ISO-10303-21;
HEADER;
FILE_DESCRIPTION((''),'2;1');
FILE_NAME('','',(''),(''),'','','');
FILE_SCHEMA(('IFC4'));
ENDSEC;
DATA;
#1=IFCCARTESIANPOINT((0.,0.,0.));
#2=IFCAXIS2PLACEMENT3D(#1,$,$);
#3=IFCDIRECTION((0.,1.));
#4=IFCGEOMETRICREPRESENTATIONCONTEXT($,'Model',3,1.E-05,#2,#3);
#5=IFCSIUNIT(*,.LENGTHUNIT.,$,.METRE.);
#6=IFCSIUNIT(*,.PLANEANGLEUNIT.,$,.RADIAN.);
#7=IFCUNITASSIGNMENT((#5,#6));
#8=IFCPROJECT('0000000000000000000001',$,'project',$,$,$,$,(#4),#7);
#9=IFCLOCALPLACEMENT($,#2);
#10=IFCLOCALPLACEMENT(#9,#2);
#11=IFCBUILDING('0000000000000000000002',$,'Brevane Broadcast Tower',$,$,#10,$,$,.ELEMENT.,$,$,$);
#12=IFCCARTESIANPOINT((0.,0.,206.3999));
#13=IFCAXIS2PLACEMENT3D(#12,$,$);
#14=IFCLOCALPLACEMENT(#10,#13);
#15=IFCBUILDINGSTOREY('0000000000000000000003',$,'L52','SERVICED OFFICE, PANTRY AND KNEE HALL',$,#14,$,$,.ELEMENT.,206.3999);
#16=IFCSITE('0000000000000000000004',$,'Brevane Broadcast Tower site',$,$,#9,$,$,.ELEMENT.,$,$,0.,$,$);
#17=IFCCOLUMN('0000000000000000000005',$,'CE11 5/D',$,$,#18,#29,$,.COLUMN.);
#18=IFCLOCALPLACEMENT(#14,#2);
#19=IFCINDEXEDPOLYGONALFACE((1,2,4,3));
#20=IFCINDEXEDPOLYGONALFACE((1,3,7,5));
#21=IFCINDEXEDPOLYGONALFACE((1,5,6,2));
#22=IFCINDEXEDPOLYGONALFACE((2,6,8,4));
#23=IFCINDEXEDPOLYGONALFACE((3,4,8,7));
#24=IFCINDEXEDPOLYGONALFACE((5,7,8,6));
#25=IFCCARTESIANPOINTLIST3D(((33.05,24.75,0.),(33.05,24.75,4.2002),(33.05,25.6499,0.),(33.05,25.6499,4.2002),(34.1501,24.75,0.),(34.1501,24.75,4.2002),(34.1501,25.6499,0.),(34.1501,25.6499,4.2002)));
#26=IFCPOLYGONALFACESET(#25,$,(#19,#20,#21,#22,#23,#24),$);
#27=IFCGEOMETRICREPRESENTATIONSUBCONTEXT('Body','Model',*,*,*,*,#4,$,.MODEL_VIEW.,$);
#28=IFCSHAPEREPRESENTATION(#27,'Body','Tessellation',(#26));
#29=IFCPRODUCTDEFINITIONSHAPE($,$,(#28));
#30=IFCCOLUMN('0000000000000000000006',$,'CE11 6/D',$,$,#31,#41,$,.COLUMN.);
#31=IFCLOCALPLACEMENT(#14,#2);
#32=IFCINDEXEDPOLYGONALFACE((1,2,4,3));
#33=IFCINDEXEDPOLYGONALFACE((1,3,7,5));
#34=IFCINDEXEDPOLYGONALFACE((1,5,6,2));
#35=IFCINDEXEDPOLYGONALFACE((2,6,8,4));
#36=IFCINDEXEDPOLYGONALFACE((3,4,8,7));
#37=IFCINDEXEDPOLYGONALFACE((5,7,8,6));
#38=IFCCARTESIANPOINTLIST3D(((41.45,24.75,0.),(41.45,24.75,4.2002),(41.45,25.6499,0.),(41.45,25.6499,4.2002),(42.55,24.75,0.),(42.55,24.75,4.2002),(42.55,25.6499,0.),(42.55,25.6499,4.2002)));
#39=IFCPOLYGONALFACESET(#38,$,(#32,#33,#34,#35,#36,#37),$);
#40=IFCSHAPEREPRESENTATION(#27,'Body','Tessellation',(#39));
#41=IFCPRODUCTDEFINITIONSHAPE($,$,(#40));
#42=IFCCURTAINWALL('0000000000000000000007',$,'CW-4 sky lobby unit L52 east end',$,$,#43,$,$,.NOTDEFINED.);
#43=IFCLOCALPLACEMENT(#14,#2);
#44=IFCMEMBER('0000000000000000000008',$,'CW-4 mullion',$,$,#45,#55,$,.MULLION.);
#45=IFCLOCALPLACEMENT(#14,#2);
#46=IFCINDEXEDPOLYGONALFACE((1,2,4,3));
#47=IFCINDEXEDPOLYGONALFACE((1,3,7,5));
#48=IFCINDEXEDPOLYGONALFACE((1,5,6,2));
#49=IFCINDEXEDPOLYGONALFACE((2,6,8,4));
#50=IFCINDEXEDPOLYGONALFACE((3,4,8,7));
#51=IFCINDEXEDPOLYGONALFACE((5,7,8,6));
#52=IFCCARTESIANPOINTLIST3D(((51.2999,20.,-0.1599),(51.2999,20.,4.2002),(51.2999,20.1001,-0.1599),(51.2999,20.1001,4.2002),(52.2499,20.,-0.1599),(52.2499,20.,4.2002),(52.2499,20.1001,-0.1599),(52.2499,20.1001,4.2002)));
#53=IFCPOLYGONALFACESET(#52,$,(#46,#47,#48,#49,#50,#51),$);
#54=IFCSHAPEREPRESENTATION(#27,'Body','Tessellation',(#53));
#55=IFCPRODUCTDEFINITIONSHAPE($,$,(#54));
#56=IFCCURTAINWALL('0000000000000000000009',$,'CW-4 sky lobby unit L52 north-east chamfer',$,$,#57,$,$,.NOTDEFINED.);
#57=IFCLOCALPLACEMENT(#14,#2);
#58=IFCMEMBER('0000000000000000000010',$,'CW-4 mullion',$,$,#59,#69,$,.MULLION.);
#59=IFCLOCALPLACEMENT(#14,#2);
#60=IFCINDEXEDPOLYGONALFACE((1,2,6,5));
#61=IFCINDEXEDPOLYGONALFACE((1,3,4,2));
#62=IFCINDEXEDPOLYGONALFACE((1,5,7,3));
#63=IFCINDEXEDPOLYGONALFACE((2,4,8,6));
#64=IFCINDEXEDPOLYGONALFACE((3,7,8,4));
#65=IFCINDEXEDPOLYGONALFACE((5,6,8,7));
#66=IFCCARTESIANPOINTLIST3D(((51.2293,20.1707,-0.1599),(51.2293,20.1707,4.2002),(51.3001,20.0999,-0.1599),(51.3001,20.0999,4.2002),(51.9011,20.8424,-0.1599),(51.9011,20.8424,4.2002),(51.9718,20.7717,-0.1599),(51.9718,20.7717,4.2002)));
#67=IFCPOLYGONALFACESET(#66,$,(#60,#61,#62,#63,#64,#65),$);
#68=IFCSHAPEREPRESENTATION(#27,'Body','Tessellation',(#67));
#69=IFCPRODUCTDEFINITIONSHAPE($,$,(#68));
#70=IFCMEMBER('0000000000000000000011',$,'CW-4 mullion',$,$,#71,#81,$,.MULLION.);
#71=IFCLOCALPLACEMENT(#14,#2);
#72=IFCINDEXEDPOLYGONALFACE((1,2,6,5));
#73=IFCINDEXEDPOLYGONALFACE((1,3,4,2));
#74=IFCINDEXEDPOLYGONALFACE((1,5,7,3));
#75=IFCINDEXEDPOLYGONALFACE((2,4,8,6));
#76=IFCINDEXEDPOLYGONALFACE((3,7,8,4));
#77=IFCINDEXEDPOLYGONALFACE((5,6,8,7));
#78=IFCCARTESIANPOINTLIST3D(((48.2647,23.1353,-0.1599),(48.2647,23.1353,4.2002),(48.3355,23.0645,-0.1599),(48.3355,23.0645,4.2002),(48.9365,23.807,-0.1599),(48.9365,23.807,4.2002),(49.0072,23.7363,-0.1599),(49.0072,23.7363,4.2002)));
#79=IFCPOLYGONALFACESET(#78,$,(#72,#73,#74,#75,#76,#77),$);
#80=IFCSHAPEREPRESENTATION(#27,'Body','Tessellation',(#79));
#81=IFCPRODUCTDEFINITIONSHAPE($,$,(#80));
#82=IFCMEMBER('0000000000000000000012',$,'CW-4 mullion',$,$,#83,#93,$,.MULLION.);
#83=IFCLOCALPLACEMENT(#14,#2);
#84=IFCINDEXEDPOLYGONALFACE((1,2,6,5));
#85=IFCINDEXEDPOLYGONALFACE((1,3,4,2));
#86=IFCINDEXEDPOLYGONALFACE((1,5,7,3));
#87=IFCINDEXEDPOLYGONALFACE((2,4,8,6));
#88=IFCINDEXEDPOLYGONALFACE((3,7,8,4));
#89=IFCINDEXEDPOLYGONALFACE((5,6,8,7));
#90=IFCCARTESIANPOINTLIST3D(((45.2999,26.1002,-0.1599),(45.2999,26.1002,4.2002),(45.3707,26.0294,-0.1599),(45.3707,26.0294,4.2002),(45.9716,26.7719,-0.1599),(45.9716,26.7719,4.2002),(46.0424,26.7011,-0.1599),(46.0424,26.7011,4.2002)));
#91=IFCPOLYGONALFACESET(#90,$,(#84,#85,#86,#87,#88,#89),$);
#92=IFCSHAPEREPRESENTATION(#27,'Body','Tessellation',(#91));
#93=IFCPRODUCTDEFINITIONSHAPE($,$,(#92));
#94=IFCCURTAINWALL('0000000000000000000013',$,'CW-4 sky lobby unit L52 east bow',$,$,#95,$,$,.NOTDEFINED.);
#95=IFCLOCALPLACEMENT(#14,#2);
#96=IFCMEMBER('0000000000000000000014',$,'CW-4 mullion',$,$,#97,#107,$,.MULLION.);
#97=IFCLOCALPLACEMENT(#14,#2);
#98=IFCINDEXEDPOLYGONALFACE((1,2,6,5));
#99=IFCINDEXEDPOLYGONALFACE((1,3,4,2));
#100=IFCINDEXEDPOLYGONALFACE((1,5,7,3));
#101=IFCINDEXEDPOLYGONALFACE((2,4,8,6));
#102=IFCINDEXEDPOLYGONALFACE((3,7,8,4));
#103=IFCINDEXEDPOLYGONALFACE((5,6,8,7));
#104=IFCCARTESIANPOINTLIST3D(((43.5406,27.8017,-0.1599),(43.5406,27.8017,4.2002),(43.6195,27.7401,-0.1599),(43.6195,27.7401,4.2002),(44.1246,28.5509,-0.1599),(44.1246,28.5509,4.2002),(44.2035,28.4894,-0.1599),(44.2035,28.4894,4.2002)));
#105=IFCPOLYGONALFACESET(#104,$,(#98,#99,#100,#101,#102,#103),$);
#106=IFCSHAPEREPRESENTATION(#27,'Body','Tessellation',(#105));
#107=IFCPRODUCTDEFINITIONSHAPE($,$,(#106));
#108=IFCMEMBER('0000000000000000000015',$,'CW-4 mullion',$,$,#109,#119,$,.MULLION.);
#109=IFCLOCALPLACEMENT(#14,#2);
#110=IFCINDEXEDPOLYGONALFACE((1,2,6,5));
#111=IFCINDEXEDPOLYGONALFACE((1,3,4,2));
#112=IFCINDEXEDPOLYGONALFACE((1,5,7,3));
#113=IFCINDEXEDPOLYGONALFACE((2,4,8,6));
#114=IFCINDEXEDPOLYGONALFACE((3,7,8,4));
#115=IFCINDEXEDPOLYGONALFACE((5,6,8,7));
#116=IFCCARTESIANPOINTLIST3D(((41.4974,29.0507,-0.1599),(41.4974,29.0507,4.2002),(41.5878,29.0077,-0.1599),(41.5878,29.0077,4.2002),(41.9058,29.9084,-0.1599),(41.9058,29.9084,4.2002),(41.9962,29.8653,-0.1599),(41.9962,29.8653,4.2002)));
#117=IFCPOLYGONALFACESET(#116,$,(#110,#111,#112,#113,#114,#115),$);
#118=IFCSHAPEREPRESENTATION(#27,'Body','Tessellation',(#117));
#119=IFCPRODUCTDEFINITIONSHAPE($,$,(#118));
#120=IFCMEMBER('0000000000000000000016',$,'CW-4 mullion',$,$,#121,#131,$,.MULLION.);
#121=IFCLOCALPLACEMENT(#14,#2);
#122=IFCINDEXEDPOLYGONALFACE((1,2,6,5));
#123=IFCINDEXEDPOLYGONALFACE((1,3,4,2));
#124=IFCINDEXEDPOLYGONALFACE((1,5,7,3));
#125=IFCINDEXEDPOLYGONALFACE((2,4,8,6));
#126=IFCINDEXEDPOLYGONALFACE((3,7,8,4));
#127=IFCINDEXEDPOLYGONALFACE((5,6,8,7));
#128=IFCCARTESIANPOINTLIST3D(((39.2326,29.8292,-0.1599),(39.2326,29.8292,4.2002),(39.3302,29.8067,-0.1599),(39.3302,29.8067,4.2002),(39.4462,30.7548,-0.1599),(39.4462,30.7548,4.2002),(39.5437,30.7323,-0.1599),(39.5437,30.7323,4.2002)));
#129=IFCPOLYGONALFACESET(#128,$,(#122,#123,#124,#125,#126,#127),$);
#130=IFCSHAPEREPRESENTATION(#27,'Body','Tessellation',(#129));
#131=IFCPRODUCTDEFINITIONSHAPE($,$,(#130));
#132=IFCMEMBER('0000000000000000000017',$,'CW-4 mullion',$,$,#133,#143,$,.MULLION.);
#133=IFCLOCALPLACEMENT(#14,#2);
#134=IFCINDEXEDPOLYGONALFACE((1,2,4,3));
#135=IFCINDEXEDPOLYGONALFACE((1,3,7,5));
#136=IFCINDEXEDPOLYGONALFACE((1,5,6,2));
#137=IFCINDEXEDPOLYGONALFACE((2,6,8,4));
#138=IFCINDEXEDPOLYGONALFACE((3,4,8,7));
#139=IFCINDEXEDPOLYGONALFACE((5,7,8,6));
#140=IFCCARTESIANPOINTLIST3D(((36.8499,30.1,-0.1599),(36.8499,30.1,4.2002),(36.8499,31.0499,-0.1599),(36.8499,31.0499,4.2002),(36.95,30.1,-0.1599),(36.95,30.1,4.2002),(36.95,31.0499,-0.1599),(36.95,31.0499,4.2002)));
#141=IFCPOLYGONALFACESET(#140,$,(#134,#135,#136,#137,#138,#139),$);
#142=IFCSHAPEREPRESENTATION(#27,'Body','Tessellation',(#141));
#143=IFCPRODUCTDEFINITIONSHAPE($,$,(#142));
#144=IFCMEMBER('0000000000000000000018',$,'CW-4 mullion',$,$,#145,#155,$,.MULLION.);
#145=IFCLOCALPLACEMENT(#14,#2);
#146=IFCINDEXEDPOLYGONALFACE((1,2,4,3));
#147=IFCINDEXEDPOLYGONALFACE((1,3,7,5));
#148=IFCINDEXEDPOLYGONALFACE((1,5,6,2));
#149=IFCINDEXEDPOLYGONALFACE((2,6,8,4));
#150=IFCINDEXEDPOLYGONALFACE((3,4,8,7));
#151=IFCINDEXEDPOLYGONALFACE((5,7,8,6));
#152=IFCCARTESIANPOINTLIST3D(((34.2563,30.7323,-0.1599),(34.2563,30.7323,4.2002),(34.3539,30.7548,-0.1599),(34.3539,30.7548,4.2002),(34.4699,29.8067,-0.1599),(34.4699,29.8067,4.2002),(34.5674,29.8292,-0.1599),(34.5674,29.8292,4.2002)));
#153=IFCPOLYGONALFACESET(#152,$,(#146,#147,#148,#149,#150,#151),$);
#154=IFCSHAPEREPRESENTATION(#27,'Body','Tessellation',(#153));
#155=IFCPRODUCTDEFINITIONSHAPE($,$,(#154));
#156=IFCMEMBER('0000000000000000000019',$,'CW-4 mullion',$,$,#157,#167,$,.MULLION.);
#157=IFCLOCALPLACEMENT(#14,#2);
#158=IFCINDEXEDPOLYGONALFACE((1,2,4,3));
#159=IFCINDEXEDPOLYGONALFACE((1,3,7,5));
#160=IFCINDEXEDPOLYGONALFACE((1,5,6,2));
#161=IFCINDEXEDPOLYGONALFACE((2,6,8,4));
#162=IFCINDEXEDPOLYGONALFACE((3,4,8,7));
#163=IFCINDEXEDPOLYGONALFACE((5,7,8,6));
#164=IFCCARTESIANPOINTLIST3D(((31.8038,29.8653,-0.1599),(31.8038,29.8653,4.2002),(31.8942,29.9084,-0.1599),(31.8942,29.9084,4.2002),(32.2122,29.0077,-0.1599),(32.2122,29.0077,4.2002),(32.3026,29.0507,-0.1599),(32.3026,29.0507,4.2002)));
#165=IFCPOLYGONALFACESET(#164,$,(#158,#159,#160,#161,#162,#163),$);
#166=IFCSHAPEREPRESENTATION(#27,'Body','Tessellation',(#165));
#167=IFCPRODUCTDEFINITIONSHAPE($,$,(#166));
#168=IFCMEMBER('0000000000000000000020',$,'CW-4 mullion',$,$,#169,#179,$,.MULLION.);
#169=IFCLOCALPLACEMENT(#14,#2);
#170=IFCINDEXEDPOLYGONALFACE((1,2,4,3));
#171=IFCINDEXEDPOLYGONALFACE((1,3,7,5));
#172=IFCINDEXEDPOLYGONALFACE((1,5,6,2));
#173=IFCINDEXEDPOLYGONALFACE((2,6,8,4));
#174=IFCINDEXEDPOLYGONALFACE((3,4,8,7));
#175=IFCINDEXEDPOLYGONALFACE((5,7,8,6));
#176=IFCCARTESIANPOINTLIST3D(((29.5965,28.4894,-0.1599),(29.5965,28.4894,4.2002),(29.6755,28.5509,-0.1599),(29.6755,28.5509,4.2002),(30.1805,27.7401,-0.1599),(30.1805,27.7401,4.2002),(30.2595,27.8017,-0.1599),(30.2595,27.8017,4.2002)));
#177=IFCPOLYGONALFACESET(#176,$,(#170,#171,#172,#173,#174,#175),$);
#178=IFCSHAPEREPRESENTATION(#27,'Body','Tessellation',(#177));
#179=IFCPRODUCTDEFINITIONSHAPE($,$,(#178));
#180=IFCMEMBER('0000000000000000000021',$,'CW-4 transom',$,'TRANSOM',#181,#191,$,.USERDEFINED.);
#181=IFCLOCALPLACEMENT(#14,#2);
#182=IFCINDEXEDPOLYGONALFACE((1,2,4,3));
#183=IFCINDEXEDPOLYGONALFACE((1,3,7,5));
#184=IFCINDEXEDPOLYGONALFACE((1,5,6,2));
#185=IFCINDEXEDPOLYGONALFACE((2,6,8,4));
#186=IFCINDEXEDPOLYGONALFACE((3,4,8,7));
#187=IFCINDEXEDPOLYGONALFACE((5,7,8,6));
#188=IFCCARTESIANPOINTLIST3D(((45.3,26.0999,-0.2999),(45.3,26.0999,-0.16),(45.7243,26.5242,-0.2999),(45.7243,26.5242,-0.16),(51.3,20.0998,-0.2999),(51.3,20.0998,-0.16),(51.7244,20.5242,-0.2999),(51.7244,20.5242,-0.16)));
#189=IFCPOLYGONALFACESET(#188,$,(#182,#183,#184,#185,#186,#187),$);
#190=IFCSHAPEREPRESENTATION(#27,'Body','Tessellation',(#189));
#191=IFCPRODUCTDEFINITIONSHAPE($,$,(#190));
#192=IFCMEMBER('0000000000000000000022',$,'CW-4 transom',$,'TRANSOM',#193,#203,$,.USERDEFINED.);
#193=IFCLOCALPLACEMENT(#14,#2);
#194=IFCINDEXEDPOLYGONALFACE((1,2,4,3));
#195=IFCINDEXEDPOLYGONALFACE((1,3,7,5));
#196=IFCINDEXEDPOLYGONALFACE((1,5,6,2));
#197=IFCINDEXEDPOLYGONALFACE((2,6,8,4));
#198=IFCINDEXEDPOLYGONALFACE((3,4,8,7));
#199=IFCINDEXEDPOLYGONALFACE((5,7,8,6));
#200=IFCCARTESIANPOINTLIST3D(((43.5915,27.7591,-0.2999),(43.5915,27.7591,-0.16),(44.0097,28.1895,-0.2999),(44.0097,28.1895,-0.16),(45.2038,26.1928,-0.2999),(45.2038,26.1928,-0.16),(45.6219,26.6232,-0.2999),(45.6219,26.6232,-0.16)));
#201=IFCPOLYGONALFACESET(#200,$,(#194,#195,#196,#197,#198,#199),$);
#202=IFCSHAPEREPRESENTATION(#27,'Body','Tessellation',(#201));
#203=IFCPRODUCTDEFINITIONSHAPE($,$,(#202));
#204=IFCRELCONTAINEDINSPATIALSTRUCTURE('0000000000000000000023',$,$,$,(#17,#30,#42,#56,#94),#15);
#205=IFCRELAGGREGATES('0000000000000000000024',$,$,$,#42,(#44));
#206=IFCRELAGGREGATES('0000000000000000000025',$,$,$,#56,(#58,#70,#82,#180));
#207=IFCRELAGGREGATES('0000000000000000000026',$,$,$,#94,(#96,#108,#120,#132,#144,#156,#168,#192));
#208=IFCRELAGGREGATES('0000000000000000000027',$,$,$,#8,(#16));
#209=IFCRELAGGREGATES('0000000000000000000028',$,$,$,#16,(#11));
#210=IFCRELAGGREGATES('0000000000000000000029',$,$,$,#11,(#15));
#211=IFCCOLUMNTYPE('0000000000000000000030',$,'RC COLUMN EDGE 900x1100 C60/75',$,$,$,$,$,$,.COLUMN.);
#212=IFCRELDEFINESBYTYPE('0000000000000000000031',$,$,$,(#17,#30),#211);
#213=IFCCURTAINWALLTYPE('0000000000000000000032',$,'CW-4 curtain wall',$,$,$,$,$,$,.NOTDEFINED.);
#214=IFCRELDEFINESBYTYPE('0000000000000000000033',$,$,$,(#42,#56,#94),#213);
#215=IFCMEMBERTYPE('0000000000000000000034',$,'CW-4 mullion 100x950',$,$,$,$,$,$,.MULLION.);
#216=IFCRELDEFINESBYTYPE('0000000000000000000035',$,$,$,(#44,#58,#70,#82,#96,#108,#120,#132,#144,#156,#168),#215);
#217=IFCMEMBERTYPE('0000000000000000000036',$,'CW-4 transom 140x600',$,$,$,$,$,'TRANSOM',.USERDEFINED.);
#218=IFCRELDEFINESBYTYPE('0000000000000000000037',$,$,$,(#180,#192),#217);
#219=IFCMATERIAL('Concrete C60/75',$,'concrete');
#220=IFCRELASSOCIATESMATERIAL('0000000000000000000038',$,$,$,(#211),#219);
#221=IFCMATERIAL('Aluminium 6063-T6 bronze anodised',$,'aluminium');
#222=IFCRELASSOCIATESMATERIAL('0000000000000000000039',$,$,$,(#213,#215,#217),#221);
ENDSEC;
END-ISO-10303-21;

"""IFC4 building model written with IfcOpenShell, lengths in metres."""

from ifc_helpers import new_model, si_unit, direction, frame, origin, origin_2d, place, context, subcontext, project, spatial, rectangle, extrude, material, material_profile, profile_set, type_object, element, aggregate, save


model = new_model("IFC4")

# Units and contexts
model_context = context("Model", 3, precision=1e-05, world=origin(), true_north=direction((0.0, 1.0)))
body_context = subcontext(model_context, "Body", "Model", "MODEL_VIEW")
ifc_project = project(units=[si_unit("LENGTHUNIT", "METRE"), si_unit("PLANEANGLEUNIT", "RADIAN")], contexts=[model_context])

# Site, building, storey
site_placement = place(None, origin())
site = spatial("IfcSite", under=ifc_project, at=site_placement, Name="Brevane Broadcast Tower site", CompositionType="ELEMENT", RefElevation=0.0)
building_placement = place(site_placement, origin())
building = spatial("IfcBuilding", under=site, at=building_placement, Name="Brevane Broadcast Tower", CompositionType="ELEMENT")
storey_placement = place(building_placement, frame((0.0, 0.0, 206.3999)))
storey = spatial("IfcBuildingStorey", under=building, at=storey_placement, Name="L52", Description="SERVICED OFFICE, PANTRY AND KNEE HALL", CompositionType="ELEMENT", Elevation=206.3999)

# Columns
ifc_material_1 = material(Name="Concrete C60/75", Category="concrete")
ifc_material_profile_1 = material_profile(ifc_material_1, rectangle(XDim=0.8999, YDim=1.1001, at=origin_2d()), Name="RC 900x1100")
ifc_profile_set_1 = profile_set([ifc_material_profile_1], Name="Concrete C60/75")
column_type = type_object("IfcColumnType", Name="RC COLUMN EDGE 900x1100 C60/75", PredefinedType="COLUMN", material=ifc_profile_set_1)
for number, where, z_axis, x_axis, name in (
    (1, (33.6001, 25.2, 0.0), (0.0, 0.0, 1.0), (0.0, 1.0, 0.0), "CE11 5/D"),
    (2, (42.0, 25.2, 0.0), (0.0, 0.0, 1.0), (0.0, 1.0, 0.0), "CE11 6/D"),
):
    element("IfcColumn", number, at=place(storey_placement, frame(where, z_axis=z_axis, x_axis=x_axis)), inside=storey, type_object=column_type, Name=name, PredefinedType="COLUMN", context=body_context, shape_type="SweptSolid", body=[
        extrude(rectangle(XDim=0.8999, YDim=1.1001, at=origin_2d()), origin(), (0.0, 0.0, 1.0), 4.2002),
    ])

# Curtain wall, member
ifc_material_2 = material(Name="Aluminium 6063-T6 bronze anodised", Category="aluminium")
curtain_wall_type = type_object("IfcCurtainWallType", Name="CW-4 curtain wall", PredefinedType="NOTDEFINED", material=ifc_material_2)
curtain_wall_1_placement = place(storey_placement, origin())
curtain_wall_1 = element("IfcCurtainWall", 3, at=curtain_wall_1_placement, inside=storey, type_object=curtain_wall_type, Name="CW-4 sky lobby unit L52 east end", PredefinedType="NOTDEFINED")
ifc_material_profile_2 = material_profile(ifc_material_2, rectangle(XDim=0.95, YDim=0.1001, at=origin_2d()), Name="RECT 100x950")
ifc_profile_set_2 = profile_set([ifc_material_profile_2], Name="Aluminium 6063-T6 bronze anodised")
member_type_1 = type_object("IfcMemberType", Name="CW-4 mullion 100x950", PredefinedType="MULLION", material=ifc_profile_set_2)
member_1_placement = place(storey_placement, frame((51.7749, 20.05, -0.1599), z_axis=(0.0, 0.0, 1.0), x_axis=(-1.0, 0.0, 0.0)))
member_1 = element("IfcMember", 4, at=member_1_placement, type_object=member_type_1, Name="CW-4 mullion", PredefinedType="MULLION", context=body_context, shape_type="SweptSolid", body=[
    extrude(rectangle(XDim=0.95, YDim=0.1001, at=origin_2d()), origin(), (0.0, 0.0, 1.0), 4.3601),
])
aggregate(curtain_wall_1, [member_1])

# Curtain walls, members
curtain_wall_2_placement = place(storey_placement, origin())
curtain_wall_2 = element("IfcCurtainWall", 5, at=curtain_wall_2_placement, inside=storey, type_object=curtain_wall_type, Name="CW-4 sky lobby unit L52 north-east chamfer", PredefinedType="NOTDEFINED")
member_2_placement = place(storey_placement, frame((51.6006, 20.4712, -0.1599), z_axis=(0.0, 0.0, 1.0), x_axis=(-0.707107, -0.707107, 0.0)))
member_2 = element("IfcMember", 6, at=member_2_placement, type_object=member_type_1, Name="CW-4 mullion", PredefinedType="MULLION", context=body_context, shape_type="SweptSolid", body=[
    extrude(rectangle(XDim=0.95, YDim=0.1001, at=origin_2d()), origin(), (0.0, 0.0, 1.0), 4.3601),
])
member_3_placement = place(storey_placement, frame((48.636, 23.4358, -0.1599), z_axis=(0.0, 0.0, 1.0), x_axis=(-0.707107, -0.707107, 0.0)))
member_3 = element("IfcMember", 7, at=member_3_placement, type_object=member_type_1, Name="CW-4 mullion", PredefinedType="MULLION", context=body_context, shape_type="SweptSolid", body=[
    extrude(rectangle(XDim=0.95, YDim=0.1001, at=origin_2d()), origin(), (0.0, 0.0, 1.0), 4.3601),
])
member_4_placement = place(storey_placement, frame((45.6711, 26.4006, -0.1599), z_axis=(0.0, 0.0, 1.0), x_axis=(-0.707107, -0.707107, 0.0)))
member_4 = element("IfcMember", 8, at=member_4_placement, type_object=member_type_1, Name="CW-4 mullion", PredefinedType="MULLION", context=body_context, shape_type="SweptSolid", body=[
    extrude(rectangle(XDim=0.95, YDim=0.1001, at=origin_2d()), origin(), (0.0, 0.0, 1.0), 4.3601),
])
curtain_wall_3_placement = place(storey_placement, origin())
curtain_wall_3 = element("IfcCurtainWall", 9, at=curtain_wall_3_placement, inside=storey, type_object=curtain_wall_type, Name="CW-4 sky lobby unit L52 east bow", PredefinedType="NOTDEFINED")
member_5_placement = place(storey_placement, frame((43.8721, 28.1455, -0.1599), z_axis=(0.0, 0.0, 1.0), x_axis=(-0.61477, -0.788707, 0.0)))
member_5 = element("IfcMember", 10, at=member_5_placement, type_object=member_type_1, Name="CW-4 mullion", PredefinedType="MULLION", context=body_context, shape_type="SweptSolid", body=[
    extrude(rectangle(XDim=0.95, YDim=0.1001, at=origin_2d()), origin(), (0.0, 0.0, 1.0), 4.3601),
])
member_6_placement = place(storey_placement, frame((41.7468, 29.458, -0.1599), z_axis=(0.0, 0.0, 1.0), x_axis=(-0.429934, -0.902861, 0.0)))
member_6 = element("IfcMember", 11, at=member_6_placement, type_object=member_type_1, Name="CW-4 mullion", PredefinedType="MULLION", context=body_context, shape_type="SweptSolid", body=[
    extrude(rectangle(XDim=0.95, YDim=0.1001, at=origin_2d()), origin(), (0.0, 0.0, 1.0), 4.3601),
])
member_7_placement = place(storey_placement, frame((39.3882, 30.2808, -0.1599), z_axis=(0.0, 0.0, 1.0), x_axis=(-0.224807, -0.974403, 0.0)))
member_7 = element("IfcMember", 12, at=member_7_placement, type_object=member_type_1, Name="CW-4 mullion", PredefinedType="MULLION", context=body_context, shape_type="SweptSolid", body=[
    extrude(rectangle(XDim=0.95, YDim=0.1001, at=origin_2d()), origin(), (0.0, 0.0, 1.0), 4.3601),
])
member_8_placement = place(storey_placement, frame((36.8999, 30.575, -0.1599), z_axis=(0.0, 0.0, 1.0), x_axis=(0.0, -1.0, 0.0)))
member_8 = element("IfcMember", 13, at=member_8_placement, type_object=member_type_1, Name="CW-4 mullion", PredefinedType="MULLION", context=body_context, shape_type="SweptSolid", body=[
    extrude(rectangle(XDim=0.95, YDim=0.1001, at=origin_2d()), origin(), (0.0, 0.0, 1.0), 4.3601),
])
member_9_placement = place(storey_placement, frame((34.4119, 30.2808, -0.1599), z_axis=(0.0, 0.0, 1.0), x_axis=(0.224807, -0.974403, 0.0)))
member_9 = element("IfcMember", 14, at=member_9_placement, type_object=member_type_1, Name="CW-4 mullion", PredefinedType="MULLION", context=body_context, shape_type="SweptSolid", body=[
    extrude(rectangle(XDim=0.95, YDim=0.1001, at=origin_2d()), origin(), (0.0, 0.0, 1.0), 4.3601),
])
member_10_placement = place(storey_placement, frame((32.0532, 29.458, -0.1599), z_axis=(0.0, 0.0, 1.0), x_axis=(0.429934, -0.902861, 0.0)))
member_10 = element("IfcMember", 15, at=member_10_placement, type_object=member_type_1, Name="CW-4 mullion", PredefinedType="MULLION", context=body_context, shape_type="SweptSolid", body=[
    extrude(rectangle(XDim=0.95, YDim=0.1001, at=origin_2d()), origin(), (0.0, 0.0, 1.0), 4.3601),
])
member_11_placement = place(storey_placement, frame((29.928, 28.1455, -0.1599), z_axis=(0.0, 0.0, 1.0), x_axis=(0.61477, -0.788707, 0.0)))
member_11 = element("IfcMember", 16, at=member_11_placement, type_object=member_type_1, Name="CW-4 mullion", PredefinedType="MULLION", context=body_context, shape_type="SweptSolid", body=[
    extrude(rectangle(XDim=0.95, YDim=0.1001, at=origin_2d()), origin(), (0.0, 0.0, 1.0), 4.3601),
])

# Members
ifc_material_profile_3 = material_profile(ifc_material_2, rectangle(XDim=0.6001, YDim=0.1399, at=origin_2d()), Name="RECT 140x600")
ifc_profile_set_3 = profile_set([ifc_material_profile_3], Name="Aluminium 6063-T6 bronze anodised")
member_type_2 = type_object("IfcMemberType", Name="CW-4 transom 140x600", ElementType="TRANSOM", PredefinedType="USERDEFINED", material=ifc_profile_set_3)
member_12_placement = place(storey_placement, frame((51.5122, 20.312, -0.23), z_axis=(-0.707107, 0.707107, 0.0), x_axis=(-0.707107, -0.707107, 0.0)))
member_12 = element("IfcMember", 17, at=member_12_placement, type_object=member_type_2, Name="CW-4 transom", ObjectType="TRANSOM", PredefinedType="USERDEFINED", context=body_context, shape_type="SweptSolid", body=[
    extrude(rectangle(XDim=0.6001, YDim=0.1399, at=origin_2d()), origin(), (0.0, 0.0, 1.0), 8.4854),
])
aggregate(curtain_wall_2, [member_2, member_3, member_4, member_12])
member_13_placement = place(storey_placement, frame((45.4128, 26.408, -0.23), z_axis=(-0.717242, 0.696824, 0.0), x_axis=(-0.696824, -0.717242, 0.0)))
member_13 = element("IfcMember", 18, at=member_13_placement, type_object=member_type_2, Name="CW-4 transom", ObjectType="TRANSOM", PredefinedType="USERDEFINED", context=body_context, shape_type="SweptSolid", body=[
    extrude(rectangle(XDim=0.6001, YDim=0.1399, at=origin_2d()), origin(), (0.0, 0.0, 1.0), 2.2478),
])
aggregate(curtain_wall_3, [member_5, member_6, member_7, member_8, member_9, member_10, member_11, member_13])

save(model, "model.ifc")
